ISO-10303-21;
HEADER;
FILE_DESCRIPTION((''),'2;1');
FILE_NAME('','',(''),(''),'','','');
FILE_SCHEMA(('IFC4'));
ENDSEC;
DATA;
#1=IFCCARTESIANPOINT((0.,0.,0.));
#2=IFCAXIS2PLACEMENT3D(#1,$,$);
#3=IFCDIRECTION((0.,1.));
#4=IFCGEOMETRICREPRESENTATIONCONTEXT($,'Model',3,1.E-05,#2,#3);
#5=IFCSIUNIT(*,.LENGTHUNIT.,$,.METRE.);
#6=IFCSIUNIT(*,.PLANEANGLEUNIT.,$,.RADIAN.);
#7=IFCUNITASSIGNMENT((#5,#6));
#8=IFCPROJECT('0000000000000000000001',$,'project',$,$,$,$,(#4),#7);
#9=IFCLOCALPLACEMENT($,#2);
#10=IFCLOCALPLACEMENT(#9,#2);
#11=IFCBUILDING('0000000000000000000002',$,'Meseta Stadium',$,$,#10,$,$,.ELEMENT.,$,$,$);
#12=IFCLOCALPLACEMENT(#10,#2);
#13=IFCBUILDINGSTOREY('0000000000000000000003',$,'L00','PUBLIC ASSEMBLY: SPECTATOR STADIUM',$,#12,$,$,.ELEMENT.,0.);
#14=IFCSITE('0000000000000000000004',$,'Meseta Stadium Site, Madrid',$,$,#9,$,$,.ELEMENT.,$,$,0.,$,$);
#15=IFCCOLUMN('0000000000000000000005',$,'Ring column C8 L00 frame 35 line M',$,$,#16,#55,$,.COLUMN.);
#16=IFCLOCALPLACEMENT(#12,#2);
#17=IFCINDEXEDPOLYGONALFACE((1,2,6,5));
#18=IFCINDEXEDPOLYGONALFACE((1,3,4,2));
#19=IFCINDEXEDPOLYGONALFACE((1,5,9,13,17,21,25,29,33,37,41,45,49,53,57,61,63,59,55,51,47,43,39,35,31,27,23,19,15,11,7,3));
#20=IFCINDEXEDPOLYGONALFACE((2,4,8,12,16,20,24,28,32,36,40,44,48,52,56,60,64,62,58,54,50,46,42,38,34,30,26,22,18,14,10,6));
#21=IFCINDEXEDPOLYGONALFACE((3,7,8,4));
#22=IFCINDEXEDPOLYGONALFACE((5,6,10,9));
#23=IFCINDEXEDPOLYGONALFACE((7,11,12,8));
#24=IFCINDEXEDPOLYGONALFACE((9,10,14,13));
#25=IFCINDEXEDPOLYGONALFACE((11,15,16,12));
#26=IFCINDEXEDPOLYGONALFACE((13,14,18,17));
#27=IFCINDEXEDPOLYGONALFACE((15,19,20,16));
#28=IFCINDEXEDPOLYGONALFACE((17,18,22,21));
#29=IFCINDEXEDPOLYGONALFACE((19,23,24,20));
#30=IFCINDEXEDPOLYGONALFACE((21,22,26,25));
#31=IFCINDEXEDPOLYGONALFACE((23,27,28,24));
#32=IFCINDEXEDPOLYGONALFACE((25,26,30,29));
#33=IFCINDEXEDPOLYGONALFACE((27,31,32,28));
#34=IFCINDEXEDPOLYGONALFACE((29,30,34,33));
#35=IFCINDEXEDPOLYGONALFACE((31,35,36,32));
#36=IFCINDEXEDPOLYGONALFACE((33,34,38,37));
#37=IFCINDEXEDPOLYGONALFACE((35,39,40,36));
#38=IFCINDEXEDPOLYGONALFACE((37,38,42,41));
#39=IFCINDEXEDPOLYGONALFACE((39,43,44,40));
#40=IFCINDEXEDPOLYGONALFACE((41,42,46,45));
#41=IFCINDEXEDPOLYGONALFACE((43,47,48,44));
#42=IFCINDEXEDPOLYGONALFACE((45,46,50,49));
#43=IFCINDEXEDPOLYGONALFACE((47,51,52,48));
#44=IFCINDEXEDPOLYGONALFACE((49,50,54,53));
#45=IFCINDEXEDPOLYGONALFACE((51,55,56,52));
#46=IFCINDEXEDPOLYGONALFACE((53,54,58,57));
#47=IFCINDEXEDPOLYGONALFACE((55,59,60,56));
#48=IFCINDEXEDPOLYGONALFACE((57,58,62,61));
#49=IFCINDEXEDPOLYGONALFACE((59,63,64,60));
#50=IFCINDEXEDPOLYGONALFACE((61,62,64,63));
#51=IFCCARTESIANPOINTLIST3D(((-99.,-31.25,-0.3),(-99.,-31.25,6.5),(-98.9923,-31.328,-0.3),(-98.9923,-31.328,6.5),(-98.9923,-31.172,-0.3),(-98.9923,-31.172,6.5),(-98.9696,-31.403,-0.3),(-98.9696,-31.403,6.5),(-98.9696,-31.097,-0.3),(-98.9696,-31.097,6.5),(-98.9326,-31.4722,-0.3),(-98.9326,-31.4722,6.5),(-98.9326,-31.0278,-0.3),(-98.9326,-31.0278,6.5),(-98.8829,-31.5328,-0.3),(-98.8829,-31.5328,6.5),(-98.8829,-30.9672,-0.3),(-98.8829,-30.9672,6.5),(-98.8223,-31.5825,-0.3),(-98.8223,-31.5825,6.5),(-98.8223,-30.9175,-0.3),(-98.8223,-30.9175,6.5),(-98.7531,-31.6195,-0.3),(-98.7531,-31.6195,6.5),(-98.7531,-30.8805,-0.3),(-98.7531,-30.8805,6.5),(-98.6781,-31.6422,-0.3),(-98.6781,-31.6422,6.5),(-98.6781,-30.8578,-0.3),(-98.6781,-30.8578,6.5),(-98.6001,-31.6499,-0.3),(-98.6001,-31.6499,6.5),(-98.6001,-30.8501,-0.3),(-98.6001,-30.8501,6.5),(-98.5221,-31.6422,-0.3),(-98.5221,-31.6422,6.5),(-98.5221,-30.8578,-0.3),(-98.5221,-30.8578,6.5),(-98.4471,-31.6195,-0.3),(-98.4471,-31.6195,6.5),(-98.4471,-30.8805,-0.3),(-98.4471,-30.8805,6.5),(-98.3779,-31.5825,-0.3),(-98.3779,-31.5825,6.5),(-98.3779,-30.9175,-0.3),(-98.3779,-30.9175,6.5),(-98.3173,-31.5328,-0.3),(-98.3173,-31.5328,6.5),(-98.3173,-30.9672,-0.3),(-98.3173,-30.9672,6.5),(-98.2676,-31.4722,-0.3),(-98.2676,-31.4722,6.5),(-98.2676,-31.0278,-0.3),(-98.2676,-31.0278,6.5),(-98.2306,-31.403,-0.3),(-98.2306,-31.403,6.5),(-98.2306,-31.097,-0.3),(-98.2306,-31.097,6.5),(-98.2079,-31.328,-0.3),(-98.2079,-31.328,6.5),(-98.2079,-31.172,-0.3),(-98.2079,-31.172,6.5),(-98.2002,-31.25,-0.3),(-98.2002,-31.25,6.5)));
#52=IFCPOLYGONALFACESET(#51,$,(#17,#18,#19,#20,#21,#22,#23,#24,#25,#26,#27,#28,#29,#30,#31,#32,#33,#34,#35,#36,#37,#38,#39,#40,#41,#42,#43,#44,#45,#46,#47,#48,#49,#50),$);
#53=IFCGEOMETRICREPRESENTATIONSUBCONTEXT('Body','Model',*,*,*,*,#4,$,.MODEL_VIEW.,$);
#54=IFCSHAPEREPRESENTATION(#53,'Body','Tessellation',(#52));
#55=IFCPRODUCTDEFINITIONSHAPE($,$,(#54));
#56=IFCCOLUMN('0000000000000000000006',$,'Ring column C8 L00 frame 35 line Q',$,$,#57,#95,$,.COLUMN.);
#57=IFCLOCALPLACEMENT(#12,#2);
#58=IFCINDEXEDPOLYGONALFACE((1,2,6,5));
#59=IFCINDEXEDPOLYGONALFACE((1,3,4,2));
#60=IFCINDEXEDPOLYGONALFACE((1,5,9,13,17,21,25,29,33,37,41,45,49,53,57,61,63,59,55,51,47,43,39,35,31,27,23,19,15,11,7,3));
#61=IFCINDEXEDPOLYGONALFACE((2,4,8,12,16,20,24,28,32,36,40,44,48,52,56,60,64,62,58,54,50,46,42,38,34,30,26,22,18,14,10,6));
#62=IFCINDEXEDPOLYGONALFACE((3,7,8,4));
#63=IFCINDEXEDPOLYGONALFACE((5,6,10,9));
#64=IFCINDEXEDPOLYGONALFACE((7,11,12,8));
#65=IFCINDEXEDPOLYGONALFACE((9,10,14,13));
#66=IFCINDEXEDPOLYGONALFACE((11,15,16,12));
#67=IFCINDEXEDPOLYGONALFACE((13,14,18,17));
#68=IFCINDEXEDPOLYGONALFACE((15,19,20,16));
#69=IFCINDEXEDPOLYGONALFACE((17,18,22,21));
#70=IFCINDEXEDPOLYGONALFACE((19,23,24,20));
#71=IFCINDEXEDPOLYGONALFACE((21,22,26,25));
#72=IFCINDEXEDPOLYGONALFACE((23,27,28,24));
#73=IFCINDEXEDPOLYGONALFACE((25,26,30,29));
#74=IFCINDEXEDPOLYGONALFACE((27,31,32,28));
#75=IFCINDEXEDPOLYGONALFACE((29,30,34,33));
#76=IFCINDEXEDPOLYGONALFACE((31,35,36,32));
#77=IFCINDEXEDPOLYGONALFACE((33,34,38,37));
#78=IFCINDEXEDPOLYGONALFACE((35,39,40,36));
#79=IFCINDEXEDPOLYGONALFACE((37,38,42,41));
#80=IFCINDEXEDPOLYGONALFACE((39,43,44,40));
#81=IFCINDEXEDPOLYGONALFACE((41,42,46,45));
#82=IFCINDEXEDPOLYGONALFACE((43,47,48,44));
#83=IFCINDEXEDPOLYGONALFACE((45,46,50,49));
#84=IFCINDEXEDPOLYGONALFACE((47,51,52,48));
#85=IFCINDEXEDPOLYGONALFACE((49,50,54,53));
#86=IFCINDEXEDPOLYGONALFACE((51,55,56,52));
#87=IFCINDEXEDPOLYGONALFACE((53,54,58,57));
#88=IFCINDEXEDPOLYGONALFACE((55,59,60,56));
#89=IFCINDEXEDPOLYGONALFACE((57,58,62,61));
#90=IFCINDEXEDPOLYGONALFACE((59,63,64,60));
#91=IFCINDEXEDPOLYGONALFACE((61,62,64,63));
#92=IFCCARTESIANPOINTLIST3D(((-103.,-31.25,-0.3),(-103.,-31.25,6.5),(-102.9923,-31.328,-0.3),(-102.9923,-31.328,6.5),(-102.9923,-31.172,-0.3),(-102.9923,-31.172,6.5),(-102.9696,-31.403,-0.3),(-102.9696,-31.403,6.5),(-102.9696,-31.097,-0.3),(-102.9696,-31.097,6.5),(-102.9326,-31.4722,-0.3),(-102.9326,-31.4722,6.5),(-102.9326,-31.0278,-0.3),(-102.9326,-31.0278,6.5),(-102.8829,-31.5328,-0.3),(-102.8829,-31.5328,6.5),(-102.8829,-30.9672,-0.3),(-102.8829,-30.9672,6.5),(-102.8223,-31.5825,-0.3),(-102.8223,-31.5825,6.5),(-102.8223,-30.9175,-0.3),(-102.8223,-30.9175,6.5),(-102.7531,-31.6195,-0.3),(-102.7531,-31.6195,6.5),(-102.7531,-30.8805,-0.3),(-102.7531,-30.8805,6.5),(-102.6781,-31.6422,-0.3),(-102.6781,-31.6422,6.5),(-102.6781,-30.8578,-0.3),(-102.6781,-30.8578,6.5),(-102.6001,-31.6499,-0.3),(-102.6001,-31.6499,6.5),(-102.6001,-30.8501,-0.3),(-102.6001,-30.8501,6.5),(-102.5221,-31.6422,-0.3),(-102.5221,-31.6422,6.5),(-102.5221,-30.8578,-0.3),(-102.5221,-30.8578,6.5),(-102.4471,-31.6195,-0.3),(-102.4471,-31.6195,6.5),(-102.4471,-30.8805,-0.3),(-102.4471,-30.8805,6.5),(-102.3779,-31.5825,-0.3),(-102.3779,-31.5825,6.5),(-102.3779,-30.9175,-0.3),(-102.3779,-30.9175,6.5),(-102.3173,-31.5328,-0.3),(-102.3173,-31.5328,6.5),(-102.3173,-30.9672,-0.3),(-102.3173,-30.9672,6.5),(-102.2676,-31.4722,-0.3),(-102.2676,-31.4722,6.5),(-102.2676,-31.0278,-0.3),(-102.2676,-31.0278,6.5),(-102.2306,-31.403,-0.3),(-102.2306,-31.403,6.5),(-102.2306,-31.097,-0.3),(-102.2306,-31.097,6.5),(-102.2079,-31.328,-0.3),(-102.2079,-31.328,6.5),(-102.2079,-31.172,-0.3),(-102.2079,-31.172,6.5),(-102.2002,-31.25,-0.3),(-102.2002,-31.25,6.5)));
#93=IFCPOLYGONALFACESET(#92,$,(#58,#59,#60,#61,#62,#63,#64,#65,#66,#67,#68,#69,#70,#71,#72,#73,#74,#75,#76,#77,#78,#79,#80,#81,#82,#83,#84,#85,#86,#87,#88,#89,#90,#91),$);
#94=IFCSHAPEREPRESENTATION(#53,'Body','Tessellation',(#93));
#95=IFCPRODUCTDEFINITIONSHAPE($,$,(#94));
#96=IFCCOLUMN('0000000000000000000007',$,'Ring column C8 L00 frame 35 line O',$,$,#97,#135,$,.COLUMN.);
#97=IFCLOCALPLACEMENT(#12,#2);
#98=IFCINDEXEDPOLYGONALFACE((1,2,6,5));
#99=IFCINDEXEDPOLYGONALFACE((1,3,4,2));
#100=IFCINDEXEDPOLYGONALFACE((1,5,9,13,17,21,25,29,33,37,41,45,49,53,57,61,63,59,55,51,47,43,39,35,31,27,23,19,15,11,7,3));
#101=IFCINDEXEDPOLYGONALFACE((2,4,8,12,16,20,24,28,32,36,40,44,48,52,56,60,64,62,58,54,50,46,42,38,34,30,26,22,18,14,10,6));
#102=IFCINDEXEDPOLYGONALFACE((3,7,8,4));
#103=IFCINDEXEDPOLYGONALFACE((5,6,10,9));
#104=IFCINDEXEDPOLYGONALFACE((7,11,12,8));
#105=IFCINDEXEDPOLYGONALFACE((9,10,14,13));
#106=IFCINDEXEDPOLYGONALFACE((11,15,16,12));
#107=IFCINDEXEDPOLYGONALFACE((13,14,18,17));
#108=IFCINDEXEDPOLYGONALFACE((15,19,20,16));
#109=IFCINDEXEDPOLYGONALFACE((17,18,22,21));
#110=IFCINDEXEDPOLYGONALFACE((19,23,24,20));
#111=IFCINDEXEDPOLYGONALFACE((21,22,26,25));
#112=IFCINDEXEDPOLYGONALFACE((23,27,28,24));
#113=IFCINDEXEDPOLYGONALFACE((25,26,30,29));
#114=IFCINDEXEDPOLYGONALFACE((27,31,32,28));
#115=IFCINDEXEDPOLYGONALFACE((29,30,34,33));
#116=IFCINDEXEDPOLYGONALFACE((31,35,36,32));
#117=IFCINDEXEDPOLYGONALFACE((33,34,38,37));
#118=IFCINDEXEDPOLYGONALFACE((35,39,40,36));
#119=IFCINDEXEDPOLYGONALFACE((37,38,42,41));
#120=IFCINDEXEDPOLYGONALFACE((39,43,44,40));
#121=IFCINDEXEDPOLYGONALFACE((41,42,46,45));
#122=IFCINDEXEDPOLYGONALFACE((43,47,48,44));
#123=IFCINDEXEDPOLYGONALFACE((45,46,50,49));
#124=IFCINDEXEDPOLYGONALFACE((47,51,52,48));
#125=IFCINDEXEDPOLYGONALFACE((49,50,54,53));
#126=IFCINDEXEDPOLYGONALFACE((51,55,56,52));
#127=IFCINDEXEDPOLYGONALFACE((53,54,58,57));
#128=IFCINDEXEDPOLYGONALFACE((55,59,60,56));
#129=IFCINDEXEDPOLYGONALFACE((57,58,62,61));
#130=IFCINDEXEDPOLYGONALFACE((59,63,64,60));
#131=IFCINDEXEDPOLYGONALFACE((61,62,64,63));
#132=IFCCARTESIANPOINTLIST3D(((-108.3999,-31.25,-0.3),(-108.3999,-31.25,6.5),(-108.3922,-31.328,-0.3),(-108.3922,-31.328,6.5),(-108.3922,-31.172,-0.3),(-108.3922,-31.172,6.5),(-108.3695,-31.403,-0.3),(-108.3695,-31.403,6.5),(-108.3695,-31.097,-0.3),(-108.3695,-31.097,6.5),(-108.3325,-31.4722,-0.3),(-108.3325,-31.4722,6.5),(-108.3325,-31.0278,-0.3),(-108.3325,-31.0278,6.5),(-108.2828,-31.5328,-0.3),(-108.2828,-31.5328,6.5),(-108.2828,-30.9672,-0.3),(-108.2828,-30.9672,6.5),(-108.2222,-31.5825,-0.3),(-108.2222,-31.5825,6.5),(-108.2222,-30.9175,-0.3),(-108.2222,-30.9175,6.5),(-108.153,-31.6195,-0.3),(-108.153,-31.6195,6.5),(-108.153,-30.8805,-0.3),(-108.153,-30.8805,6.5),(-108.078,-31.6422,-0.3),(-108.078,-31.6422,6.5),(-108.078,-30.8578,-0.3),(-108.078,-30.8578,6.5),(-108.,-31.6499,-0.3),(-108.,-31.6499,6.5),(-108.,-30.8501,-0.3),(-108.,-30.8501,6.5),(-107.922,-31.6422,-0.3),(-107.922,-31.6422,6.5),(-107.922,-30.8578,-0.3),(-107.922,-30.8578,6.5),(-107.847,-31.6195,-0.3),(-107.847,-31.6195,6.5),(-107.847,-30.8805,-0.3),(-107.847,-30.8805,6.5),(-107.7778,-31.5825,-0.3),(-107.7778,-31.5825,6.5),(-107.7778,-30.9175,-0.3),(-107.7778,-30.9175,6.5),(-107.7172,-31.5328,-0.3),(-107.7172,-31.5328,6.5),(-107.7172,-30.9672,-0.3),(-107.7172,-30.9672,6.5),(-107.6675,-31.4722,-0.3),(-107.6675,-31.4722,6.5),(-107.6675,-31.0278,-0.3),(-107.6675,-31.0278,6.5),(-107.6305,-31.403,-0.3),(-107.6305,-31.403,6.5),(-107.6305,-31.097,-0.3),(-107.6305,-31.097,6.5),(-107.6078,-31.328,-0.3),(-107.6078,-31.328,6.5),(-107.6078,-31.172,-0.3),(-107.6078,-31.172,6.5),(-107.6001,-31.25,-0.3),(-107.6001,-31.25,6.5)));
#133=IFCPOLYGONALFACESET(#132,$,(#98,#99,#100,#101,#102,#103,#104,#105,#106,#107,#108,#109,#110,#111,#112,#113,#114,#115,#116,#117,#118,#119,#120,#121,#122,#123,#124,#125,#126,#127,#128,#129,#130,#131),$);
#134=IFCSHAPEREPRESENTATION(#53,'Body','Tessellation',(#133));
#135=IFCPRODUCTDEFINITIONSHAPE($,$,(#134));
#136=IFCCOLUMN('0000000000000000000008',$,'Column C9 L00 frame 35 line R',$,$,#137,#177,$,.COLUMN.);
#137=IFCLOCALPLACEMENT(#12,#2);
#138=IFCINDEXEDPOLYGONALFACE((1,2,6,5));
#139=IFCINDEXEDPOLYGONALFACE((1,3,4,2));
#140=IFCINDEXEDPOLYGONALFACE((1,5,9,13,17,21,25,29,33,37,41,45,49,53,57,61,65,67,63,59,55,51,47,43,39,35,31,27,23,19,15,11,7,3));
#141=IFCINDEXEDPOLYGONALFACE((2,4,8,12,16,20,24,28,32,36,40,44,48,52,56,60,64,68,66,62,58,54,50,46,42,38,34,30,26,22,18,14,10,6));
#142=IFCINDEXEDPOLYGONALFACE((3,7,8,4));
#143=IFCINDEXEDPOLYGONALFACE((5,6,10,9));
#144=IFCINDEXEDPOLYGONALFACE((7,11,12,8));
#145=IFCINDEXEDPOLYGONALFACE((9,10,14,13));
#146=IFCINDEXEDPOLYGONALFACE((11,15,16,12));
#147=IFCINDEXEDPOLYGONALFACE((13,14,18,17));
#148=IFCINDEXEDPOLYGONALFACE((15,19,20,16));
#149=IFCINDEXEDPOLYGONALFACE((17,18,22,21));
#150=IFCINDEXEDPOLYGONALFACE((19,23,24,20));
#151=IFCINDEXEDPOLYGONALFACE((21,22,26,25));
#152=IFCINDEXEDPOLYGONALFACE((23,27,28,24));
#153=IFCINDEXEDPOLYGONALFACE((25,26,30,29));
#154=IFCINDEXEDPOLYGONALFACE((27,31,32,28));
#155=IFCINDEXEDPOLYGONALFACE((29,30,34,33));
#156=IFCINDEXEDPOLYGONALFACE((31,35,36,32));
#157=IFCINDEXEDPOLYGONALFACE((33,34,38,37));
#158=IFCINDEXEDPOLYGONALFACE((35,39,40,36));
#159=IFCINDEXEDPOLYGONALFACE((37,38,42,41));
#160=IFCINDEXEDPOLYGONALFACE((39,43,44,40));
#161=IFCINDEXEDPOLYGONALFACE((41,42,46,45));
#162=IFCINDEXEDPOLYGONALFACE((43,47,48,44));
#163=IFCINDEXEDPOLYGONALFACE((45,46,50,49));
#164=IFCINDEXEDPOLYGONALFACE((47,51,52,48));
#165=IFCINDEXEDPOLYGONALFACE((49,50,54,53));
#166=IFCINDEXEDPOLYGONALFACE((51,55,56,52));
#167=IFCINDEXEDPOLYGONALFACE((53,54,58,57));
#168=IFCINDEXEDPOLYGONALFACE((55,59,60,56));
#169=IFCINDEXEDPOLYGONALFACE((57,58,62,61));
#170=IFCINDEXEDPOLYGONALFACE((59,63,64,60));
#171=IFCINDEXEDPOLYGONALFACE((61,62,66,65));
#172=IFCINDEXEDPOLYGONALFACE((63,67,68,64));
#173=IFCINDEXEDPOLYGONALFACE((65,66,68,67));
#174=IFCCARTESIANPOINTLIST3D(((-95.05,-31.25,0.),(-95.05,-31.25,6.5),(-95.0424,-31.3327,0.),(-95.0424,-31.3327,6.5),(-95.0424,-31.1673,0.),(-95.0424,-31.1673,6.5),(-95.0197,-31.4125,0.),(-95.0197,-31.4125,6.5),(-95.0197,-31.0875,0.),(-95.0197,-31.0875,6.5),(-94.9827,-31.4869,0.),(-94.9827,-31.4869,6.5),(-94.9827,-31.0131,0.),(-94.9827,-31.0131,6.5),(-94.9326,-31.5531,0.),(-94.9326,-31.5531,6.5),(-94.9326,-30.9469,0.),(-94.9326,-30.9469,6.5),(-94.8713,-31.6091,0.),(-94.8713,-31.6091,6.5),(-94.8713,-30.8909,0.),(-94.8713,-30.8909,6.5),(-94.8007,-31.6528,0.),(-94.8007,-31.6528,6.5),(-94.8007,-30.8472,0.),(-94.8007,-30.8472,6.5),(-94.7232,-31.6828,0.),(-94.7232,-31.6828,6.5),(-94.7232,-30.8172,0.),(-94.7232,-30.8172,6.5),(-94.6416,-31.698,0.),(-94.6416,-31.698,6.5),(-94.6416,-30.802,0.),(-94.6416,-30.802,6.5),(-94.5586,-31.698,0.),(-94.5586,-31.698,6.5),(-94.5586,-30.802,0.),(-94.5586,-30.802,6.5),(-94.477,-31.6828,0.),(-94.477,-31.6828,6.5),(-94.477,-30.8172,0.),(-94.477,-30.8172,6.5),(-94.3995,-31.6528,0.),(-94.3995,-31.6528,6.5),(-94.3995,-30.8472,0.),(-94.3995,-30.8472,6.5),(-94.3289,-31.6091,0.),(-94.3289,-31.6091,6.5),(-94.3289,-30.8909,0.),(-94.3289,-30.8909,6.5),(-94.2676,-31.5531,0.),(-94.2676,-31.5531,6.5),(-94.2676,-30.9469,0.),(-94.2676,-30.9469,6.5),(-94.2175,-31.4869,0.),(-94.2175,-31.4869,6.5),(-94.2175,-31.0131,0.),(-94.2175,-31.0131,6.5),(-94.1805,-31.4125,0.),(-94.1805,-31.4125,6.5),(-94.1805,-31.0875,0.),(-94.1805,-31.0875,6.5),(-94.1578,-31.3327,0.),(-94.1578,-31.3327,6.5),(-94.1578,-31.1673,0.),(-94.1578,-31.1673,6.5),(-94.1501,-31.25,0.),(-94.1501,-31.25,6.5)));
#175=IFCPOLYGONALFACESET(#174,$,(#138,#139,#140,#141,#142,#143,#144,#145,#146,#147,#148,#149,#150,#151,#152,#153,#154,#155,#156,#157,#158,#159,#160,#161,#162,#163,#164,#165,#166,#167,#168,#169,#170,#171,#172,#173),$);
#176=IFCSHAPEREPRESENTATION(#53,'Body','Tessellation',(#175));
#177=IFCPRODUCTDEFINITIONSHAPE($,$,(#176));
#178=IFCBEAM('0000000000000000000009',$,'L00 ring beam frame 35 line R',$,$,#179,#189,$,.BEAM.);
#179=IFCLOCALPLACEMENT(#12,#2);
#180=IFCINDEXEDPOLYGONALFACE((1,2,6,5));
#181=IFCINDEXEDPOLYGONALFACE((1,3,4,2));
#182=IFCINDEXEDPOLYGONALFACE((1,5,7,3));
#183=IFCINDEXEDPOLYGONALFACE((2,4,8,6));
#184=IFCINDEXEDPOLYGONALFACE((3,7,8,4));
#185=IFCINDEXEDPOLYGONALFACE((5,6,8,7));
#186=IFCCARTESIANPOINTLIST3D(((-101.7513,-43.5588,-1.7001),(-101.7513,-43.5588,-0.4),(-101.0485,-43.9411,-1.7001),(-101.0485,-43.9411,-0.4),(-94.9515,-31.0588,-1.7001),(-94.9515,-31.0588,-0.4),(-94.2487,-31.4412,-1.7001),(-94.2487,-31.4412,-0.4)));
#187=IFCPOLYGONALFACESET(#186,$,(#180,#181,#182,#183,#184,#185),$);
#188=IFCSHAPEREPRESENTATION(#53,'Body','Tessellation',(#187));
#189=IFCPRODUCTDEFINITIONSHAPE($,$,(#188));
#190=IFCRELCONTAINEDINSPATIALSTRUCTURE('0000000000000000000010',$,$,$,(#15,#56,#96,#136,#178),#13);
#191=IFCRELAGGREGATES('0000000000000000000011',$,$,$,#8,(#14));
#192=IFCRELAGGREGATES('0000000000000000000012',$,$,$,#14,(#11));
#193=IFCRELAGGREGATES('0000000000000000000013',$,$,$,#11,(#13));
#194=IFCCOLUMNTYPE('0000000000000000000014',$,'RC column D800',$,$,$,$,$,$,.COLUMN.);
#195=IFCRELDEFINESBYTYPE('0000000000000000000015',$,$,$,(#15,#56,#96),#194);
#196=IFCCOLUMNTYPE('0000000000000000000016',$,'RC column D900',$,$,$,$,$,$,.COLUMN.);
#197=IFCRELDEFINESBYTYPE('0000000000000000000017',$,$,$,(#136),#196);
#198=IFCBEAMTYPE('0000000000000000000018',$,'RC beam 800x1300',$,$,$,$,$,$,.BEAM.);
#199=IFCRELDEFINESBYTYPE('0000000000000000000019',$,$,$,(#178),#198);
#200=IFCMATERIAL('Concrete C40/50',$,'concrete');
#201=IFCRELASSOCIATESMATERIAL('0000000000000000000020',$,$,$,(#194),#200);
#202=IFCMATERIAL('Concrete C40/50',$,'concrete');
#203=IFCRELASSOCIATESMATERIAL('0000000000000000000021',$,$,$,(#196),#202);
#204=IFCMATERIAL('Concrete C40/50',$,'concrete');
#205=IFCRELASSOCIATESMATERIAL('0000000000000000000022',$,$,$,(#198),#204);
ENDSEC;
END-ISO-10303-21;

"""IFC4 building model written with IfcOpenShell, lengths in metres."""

from ifc_helpers import new_model, si_unit, direction, frame, origin, origin_2d, place, context, subcontext, project, spatial, rectangle, circle, extrude, material, material_profile, profile_set, type_object, element, save


model = new_model("IFC4")

# Units and contexts
model_context = context("Model", 3, precision=1e-05, world=origin(), true_north=direction((0.0, 1.0)))
body_context = subcontext(model_context, "Body", "Model", "MODEL_VIEW")
ifc_project = project(units=[si_unit("LENGTHUNIT", "METRE"), si_unit("PLANEANGLEUNIT", "RADIAN")], contexts=[model_context])

# Site, building, storey
site_placement = place(None, origin())
site = spatial("IfcSite", under=ifc_project, at=site_placement, Name="Meseta Stadium Site, Madrid", CompositionType="ELEMENT", RefElevation=0.0)
building_placement = place(site_placement, origin())
building = spatial("IfcBuilding", under=site, at=building_placement, Name="Meseta Stadium", CompositionType="ELEMENT")
storey_placement = place(building_placement, origin())
storey = spatial("IfcBuildingStorey", under=building, at=storey_placement, Name="L00", Description="PUBLIC ASSEMBLY: SPECTATOR STADIUM", CompositionType="ELEMENT", Elevation=0.0)

# Columns
ifc_material_1 = material(Name="Concrete C40/50", Category="concrete")
ifc_material_profile_1 = material_profile(ifc_material_1, circle(Radius=0.3999, at=origin_2d()), Name="RC D800")
ifc_profile_set_1 = profile_set([ifc_material_profile_1], Name="Concrete C40/50")
column_type_1 = type_object("IfcColumnType", Name="RC column D800", PredefinedType="COLUMN", material=ifc_profile_set_1)
for number, where, z_axis, x_axis, name in (
    (1, (-98.6001, -31.25, -0.3), (0.0, 0.0, 1.0), (1.0, 0.0, 0.0), "Ring column C8 L00 frame 35 line M"),
    (2, (-102.6001, -31.25, -0.3), (0.0, 0.0, 1.0), (1.0, 0.0, 0.0), "Ring column C8 L00 frame 35 line Q"),
    (3, (-108.0, -31.25, -0.3), (0.0, 0.0, 1.0), (1.0, 0.0, 0.0), "Ring column C8 L00 frame 35 line O"),
):
    element("IfcColumn", number, at=place(storey_placement, frame(where, z_axis=z_axis, x_axis=x_axis)), inside=storey, type_object=column_type_1, Name=name, PredefinedType="COLUMN", context=body_context, shape_type="SweptSolid", body=[
        extrude(circle(Radius=0.3999, at=origin_2d()), origin(), (0.0, 0.0, 1.0), 6.8),
    ])
ifc_material_2 = material(Name="Concrete C40/50", Category="concrete")
ifc_material_profile_2 = material_profile(ifc_material_2, circle(Radius=0.45, at=origin_2d()), Name="RC D900")
ifc_profile_set_2 = profile_set([ifc_material_profile_2], Name="Concrete C40/50")
column_type_2 = type_object("IfcColumnType", Name="RC column D900", PredefinedType="COLUMN", material=ifc_profile_set_2)
column_placement = place(storey_placement, frame((-94.6001, -31.25, 0.0), z_axis=(0.0, 0.0, 1.0), x_axis=(1.0, 0.0, 0.0)))
element("IfcColumn", 4, at=column_placement, inside=storey, type_object=column_type_2, Name="Column C9 L00 frame 35 line R", PredefinedType="COLUMN", context=body_context, shape_type="SweptSolid", body=[
    extrude(circle(Radius=0.45, at=origin_2d()), origin(), (0.0, 0.0, 1.0), 6.5),
])

# Beam
ifc_material_3 = material(Name="Concrete C40/50", Category="concrete")
ifc_material_profile_3 = material_profile(ifc_material_3, rectangle(XDim=0.8, YDim=1.3, at=origin_2d()), Name="RC 800x1300")
ifc_profile_set_3 = profile_set([ifc_material_profile_3], Name="Concrete C40/50")
beam_type = type_object("IfcBeamType", Name="RC beam 800x1300", PredefinedType="BEAM", material=ifc_profile_set_3)
beam_placement = place(storey_placement, frame((-94.6001, -31.25, -1.05), z_axis=(-0.477856, -0.878438, 0.0), x_axis=(0.878438, -0.477856, 0.0)))
element("IfcBeam", 5, at=beam_placement, inside=storey, type_object=beam_type, Name="L00 ring beam frame 35 line R", PredefinedType="BEAM", context=body_context, shape_type="SweptSolid", body=[
    extrude(rectangle(XDim=0.8, YDim=1.3, at=origin_2d()), origin(), (0.0, 0.0, 1.0), 14.2297),
])

save(model, "model.ifc")
